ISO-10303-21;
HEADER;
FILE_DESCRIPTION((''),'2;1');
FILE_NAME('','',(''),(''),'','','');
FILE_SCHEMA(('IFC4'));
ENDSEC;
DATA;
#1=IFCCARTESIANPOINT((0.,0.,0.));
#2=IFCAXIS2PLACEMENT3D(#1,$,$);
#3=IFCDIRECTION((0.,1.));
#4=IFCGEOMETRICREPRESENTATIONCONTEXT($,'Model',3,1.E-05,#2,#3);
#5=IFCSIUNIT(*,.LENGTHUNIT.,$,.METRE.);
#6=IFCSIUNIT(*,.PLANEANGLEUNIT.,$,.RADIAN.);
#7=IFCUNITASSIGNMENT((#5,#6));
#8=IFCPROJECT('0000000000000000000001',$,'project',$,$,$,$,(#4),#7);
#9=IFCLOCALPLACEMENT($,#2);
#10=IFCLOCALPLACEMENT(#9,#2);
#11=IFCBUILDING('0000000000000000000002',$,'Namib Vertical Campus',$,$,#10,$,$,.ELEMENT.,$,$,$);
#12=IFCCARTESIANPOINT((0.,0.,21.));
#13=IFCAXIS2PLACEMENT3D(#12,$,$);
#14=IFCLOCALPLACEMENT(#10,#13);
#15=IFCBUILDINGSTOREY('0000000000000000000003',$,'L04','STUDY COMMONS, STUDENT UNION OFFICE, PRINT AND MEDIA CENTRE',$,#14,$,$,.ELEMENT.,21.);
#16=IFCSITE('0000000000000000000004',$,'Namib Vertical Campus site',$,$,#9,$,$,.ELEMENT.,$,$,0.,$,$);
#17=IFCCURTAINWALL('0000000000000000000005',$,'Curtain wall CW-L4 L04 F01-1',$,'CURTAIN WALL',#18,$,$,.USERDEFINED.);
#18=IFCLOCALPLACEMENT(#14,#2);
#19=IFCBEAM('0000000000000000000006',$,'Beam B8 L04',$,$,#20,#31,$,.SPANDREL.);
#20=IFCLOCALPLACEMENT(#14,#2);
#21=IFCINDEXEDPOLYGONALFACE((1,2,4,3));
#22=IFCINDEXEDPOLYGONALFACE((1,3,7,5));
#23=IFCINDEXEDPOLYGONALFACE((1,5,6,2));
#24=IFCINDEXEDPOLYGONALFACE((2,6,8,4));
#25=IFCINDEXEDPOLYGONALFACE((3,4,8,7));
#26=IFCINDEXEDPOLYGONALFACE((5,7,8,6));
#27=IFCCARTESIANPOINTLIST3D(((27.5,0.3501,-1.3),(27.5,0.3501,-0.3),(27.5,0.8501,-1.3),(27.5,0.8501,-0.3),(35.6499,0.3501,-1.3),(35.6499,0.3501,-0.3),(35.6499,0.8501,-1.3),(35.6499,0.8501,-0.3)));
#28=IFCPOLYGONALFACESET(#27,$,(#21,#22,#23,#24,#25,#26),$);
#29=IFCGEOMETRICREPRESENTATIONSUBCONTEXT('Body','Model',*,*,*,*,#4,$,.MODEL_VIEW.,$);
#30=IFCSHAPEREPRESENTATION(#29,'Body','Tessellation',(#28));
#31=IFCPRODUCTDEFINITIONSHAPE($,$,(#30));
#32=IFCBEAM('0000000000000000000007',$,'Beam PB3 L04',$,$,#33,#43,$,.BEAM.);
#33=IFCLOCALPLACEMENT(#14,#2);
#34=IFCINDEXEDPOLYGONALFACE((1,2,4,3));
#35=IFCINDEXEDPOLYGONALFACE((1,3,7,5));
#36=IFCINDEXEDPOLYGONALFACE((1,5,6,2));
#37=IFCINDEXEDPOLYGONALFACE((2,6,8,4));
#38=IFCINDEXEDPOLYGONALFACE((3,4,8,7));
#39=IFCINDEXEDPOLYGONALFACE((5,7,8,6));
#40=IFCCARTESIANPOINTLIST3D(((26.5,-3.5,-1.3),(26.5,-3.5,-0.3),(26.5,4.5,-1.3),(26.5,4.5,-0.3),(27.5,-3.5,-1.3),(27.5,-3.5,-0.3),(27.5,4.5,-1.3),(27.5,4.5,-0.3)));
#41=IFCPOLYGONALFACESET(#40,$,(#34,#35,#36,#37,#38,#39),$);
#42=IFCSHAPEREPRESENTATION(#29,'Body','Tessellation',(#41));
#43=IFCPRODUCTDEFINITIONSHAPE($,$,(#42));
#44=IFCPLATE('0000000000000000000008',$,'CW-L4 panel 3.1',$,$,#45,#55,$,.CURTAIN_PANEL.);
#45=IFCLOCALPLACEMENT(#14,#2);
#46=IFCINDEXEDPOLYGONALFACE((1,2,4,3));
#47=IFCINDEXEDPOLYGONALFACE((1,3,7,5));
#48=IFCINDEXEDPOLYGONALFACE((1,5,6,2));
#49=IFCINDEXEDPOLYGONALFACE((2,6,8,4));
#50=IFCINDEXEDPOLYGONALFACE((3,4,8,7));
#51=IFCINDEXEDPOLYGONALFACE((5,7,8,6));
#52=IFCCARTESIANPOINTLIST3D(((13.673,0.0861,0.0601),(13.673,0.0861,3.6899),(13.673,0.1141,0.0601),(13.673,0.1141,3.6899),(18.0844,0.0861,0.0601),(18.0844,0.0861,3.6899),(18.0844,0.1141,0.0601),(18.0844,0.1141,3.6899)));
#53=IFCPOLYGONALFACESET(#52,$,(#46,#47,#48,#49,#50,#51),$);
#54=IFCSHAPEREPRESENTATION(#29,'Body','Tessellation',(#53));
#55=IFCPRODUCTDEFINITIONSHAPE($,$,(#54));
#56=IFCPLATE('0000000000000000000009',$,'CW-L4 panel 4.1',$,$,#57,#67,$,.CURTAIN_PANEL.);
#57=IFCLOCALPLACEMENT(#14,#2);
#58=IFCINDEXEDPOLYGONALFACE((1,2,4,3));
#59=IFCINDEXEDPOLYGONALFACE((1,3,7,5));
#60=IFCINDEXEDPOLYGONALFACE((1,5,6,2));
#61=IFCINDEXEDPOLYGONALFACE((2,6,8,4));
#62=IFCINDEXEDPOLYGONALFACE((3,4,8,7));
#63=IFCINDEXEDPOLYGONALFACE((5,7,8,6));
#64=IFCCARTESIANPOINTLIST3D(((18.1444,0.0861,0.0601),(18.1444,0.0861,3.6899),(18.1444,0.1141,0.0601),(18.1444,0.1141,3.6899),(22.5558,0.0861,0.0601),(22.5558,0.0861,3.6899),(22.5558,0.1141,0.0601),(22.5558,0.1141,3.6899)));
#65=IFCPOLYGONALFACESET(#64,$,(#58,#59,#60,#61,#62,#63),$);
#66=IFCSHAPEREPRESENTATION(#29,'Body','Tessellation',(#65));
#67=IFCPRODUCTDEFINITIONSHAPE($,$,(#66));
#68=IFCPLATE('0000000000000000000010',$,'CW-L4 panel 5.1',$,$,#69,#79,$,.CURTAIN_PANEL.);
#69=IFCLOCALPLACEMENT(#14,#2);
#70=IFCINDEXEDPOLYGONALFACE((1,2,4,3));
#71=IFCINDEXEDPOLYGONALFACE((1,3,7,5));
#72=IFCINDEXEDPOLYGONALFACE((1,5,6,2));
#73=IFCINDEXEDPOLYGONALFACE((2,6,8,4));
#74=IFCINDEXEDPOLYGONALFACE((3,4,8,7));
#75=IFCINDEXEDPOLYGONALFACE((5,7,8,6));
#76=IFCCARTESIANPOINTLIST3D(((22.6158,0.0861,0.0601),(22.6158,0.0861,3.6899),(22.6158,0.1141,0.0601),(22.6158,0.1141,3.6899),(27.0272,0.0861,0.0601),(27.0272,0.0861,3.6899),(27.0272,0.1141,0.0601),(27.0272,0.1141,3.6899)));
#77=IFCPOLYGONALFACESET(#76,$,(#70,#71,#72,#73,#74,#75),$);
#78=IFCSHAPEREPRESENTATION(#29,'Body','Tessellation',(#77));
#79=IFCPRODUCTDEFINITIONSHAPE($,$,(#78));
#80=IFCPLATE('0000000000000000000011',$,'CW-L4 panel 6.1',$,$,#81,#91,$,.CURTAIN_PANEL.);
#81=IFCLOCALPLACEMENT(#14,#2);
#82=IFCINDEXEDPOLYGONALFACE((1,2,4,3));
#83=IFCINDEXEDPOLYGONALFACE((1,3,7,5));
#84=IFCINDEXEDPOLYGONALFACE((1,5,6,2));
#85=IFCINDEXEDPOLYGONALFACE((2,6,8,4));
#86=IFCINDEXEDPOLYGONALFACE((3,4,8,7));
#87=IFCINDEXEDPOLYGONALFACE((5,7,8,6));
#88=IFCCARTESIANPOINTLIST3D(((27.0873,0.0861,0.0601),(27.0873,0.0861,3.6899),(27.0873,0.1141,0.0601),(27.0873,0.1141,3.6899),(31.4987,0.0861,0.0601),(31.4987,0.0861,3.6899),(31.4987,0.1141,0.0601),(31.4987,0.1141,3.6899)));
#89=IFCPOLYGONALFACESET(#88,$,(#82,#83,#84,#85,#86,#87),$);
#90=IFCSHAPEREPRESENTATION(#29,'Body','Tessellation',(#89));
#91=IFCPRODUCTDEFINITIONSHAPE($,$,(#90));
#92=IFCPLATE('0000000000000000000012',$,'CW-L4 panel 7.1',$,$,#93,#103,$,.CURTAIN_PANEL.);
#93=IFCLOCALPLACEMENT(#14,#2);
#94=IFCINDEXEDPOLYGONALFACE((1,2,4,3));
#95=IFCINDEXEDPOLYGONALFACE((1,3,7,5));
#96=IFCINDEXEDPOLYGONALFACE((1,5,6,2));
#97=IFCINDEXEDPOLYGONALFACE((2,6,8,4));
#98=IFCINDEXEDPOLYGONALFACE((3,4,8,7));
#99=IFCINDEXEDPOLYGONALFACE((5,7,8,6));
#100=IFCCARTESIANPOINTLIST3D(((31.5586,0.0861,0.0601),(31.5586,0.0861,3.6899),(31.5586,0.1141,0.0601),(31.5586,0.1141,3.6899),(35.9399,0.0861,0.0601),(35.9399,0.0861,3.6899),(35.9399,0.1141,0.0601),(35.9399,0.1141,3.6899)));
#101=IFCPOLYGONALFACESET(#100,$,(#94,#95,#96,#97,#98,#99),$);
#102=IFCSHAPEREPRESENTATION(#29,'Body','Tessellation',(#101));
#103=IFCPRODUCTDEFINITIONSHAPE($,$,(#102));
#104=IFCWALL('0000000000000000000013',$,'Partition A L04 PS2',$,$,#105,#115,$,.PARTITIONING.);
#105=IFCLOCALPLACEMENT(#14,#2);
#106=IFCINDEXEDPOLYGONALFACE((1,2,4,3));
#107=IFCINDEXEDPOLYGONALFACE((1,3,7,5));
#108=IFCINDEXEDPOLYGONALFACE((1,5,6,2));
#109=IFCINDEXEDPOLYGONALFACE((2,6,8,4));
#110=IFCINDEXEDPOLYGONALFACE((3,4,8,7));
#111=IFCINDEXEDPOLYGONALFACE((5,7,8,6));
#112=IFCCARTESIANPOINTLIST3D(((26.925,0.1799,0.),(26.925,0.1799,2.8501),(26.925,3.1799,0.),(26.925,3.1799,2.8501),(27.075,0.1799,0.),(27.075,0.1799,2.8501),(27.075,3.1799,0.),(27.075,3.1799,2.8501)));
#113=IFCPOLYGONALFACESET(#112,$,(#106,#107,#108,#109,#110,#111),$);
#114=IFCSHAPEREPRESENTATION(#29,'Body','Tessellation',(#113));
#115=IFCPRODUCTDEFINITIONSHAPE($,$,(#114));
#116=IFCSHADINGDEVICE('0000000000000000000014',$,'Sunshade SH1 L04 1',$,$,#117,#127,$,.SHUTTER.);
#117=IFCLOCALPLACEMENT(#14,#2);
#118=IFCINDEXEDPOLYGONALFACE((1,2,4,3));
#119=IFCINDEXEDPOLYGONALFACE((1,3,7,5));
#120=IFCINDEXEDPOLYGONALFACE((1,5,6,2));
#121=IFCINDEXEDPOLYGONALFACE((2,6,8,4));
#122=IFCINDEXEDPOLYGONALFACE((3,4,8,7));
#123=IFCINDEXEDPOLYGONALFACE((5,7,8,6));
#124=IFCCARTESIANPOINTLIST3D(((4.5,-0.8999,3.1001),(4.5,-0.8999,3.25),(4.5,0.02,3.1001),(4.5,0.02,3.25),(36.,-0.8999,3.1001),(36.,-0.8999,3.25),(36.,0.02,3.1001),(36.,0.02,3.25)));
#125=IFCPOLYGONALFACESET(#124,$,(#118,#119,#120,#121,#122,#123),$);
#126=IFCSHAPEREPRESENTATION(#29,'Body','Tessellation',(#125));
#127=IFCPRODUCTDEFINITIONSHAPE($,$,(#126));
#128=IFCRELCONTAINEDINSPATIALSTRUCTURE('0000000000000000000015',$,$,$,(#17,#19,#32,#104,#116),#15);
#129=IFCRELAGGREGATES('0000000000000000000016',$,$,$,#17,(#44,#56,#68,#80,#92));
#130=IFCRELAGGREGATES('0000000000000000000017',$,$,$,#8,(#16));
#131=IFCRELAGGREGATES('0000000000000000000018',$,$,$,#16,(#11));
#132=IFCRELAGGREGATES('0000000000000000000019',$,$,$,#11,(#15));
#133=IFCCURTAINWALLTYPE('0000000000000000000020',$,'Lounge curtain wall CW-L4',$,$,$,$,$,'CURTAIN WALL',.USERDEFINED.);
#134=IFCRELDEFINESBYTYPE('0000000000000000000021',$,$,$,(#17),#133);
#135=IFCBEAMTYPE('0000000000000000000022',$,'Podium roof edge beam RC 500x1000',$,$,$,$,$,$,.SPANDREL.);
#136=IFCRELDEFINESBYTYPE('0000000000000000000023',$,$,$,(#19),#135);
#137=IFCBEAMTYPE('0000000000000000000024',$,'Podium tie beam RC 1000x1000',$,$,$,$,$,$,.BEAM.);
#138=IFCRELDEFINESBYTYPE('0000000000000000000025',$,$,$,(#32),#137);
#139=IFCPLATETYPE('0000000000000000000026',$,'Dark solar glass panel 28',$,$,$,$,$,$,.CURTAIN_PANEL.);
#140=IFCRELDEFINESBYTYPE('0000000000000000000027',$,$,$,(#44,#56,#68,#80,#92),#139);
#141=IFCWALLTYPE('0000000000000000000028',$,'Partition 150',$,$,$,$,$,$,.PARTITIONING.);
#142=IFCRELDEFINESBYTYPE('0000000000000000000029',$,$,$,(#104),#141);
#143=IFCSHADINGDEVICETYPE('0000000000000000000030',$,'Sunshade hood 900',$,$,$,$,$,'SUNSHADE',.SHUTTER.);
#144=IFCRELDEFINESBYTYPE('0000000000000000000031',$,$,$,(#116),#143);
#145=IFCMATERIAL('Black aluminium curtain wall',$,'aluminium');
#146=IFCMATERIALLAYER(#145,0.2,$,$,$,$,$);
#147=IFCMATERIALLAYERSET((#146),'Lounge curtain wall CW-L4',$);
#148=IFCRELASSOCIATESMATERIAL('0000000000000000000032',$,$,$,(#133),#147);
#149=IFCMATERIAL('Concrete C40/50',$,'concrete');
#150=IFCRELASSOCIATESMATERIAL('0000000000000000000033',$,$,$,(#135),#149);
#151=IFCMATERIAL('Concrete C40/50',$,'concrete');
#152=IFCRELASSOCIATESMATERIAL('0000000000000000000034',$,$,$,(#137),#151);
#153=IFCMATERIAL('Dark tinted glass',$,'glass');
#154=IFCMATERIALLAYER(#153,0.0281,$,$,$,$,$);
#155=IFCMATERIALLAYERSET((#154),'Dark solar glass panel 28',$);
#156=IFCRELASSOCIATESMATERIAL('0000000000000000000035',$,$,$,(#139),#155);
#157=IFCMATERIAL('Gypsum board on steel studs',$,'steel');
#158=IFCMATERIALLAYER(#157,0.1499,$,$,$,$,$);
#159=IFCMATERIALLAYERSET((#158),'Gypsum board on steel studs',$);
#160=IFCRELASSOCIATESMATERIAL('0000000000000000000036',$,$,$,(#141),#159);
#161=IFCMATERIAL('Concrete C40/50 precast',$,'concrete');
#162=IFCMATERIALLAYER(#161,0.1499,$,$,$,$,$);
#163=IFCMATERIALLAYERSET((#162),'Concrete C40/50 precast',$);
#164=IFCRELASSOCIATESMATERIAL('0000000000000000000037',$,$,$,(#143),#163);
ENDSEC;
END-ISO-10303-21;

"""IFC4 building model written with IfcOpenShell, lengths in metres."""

from ifc_helpers import new_model, si_unit, direction, frame, frame_2d, origin, origin_2d, place, context, subcontext, project, spatial, rectangle, extrude, material, layer, layer_set, material_profile, profile_set, type_object, element, aggregate, save


model = new_model("IFC4")

# Units and contexts
model_context = context("Model", 3, precision=1e-05, world=origin(), true_north=direction((0.0, 1.0)))
body_context = subcontext(model_context, "Body", "Model", "MODEL_VIEW")
ifc_project = project(units=[si_unit("LENGTHUNIT", "METRE"), si_unit("PLANEANGLEUNIT", "RADIAN")], contexts=[model_context])

# Site, building, storey
site_placement = place(None, origin())
site = spatial("IfcSite", under=ifc_project, at=site_placement, Name="Namib Vertical Campus site", CompositionType="ELEMENT", RefElevation=0.0)
building_placement = place(site_placement, origin())
building = spatial("IfcBuilding", under=site, at=building_placement, Name="Namib Vertical Campus", CompositionType="ELEMENT")
storey_placement = place(building_placement, frame((0.0, 0.0, 21.0)))
storey = spatial("IfcBuildingStorey", under=building, at=storey_placement, Name="L04", Description="STUDY COMMONS, STUDENT UNION OFFICE, PRINT AND MEDIA CENTRE", CompositionType="ELEMENT", Elevation=21.0)

# Curtain wall
ifc_material_1 = material(Name="Black aluminium curtain wall", Category="aluminium")
ifc_layer_1 = layer(ifc_material_1, 0.2)
ifc_layer_set_1 = layer_set([ifc_layer_1], Name="Lounge curtain wall CW-L4")
curtain_wall_type = type_object("IfcCurtainWallType", Name="Lounge curtain wall CW-L4", ElementType="CURTAIN WALL", PredefinedType="USERDEFINED", material=ifc_layer_set_1)
curtain_wall_placement = place(storey_placement, origin())
curtain_wall = element("IfcCurtainWall", 1, at=curtain_wall_placement, inside=storey, type_object=curtain_wall_type, Name="Curtain wall CW-L4 L04 F01-1", ObjectType="CURTAIN WALL", PredefinedType="USERDEFINED")

# Beams
ifc_material_2 = material(Name="Concrete C40/50", Category="concrete")
ifc_material_profile_1 = material_profile(ifc_material_2, rectangle(XDim=0.5, YDim=1.0, at=origin_2d()))
ifc_profile_set_1 = profile_set([ifc_material_profile_1], Name="Concrete C40/50")
beam_type_1 = type_object("IfcBeamType", Name="Podium roof edge beam RC 500x1000", PredefinedType="SPANDREL", material=ifc_profile_set_1)
beam_1_placement = place(storey_placement, frame((27.5, 0.6001, -0.8), z_axis=(1.0, 0.0, 0.0), x_axis=(0.0, 1.0, 0.0)))
element("IfcBeam", 2, at=beam_1_placement, inside=storey, type_object=beam_type_1, Name="Beam B8 L04", PredefinedType="SPANDREL", context=body_context, shape_type="SweptSolid", body=[
    extrude(rectangle(XDim=0.5, YDim=1.0, at=origin_2d()), origin(), (0.0, 0.0, 1.0), 8.1499),
])
ifc_material_3 = material(Name="Concrete C40/50", Category="concrete")
ifc_material_profile_2 = material_profile(ifc_material_3, rectangle(XDim=1.0, YDim=1.0, at=origin_2d()))
ifc_profile_set_2 = profile_set([ifc_material_profile_2], Name="Concrete C40/50")
beam_type_2 = type_object("IfcBeamType", Name="Podium tie beam RC 1000x1000", PredefinedType="BEAM", material=ifc_profile_set_2)
beam_2_placement = place(storey_placement, frame((27.0, -3.5, -0.8), z_axis=(0.0, 1.0, 0.0), x_axis=(-1.0, 0.0, 0.0)))
element("IfcBeam", 3, at=beam_2_placement, inside=storey, type_object=beam_type_2, Name="Beam PB3 L04", PredefinedType="BEAM", context=body_context, shape_type="SweptSolid", body=[
    extrude(rectangle(XDim=1.0, YDim=1.0, at=origin_2d()), origin(), (0.0, 0.0, 1.0), 8.0),
])

# Plates
ifc_material_4 = material(Name="Dark tinted glass", Category="glass")
ifc_layer_2 = layer(ifc_material_4, 0.0281)
ifc_layer_set_2 = layer_set([ifc_layer_2], Name="Dark solar glass panel 28")
plate_type = type_object("IfcPlateType", Name="Dark solar glass panel 28", PredefinedType="CURTAIN_PANEL", material=ifc_layer_set_2)
plate_1_placement = place(storey_placement, frame((15.8787, 0.1001, 0.0601), z_axis=(0.0, 0.0, 1.0), x_axis=(1.0, 0.0, 0.0)))
plate_1 = element("IfcPlate", 4, at=plate_1_placement, type_object=plate_type, Name="CW-L4 panel 3.1", PredefinedType="CURTAIN_PANEL", context=body_context, shape_type="SweptSolid", body=[
    extrude(rectangle(XDim=4.4114, YDim=0.0281, at=origin_2d()), origin(), (0.0, 0.0, 1.0), 3.6299),
])
plate_2_placement = place(storey_placement, frame((20.3501, 0.1001, 0.0601), z_axis=(0.0, 0.0, 1.0), x_axis=(1.0, 0.0, 0.0)))
plate_2 = element("IfcPlate", 5, at=plate_2_placement, type_object=plate_type, Name="CW-L4 panel 4.1", PredefinedType="CURTAIN_PANEL", context=body_context, shape_type="SweptSolid", body=[
    extrude(rectangle(XDim=4.4114, YDim=0.0281, at=origin_2d()), origin(), (0.0, 0.0, 1.0), 3.6299),
])
plate_3_placement = place(storey_placement, frame((24.8215, 0.1001, 0.0601), z_axis=(0.0, 0.0, 1.0), x_axis=(1.0, 0.0, 0.0)))
plate_3 = element("IfcPlate", 6, at=plate_3_placement, type_object=plate_type, Name="CW-L4 panel 5.1", PredefinedType="CURTAIN_PANEL", context=body_context, shape_type="SweptSolid", body=[
    extrude(rectangle(XDim=4.4114, YDim=0.0281, at=origin_2d()), origin(), (0.0, 0.0, 1.0), 3.6299),
])
plate_4_placement = place(storey_placement, frame((29.293, 0.1001, 0.0601), z_axis=(0.0, 0.0, 1.0), x_axis=(1.0, 0.0, 0.0)))
plate_4 = element("IfcPlate", 7, at=plate_4_placement, type_object=plate_type, Name="CW-L4 panel 6.1", PredefinedType="CURTAIN_PANEL", context=body_context, shape_type="SweptSolid", body=[
    extrude(rectangle(XDim=4.4114, YDim=0.0281, at=origin_2d()), origin(), (0.0, 0.0, 1.0), 3.6299),
])
plate_5_placement = place(storey_placement, frame((33.7493, 0.1001, 0.0601), z_axis=(0.0, 0.0, 1.0), x_axis=(1.0, 0.0, 0.0)))
plate_5 = element("IfcPlate", 8, at=plate_5_placement, type_object=plate_type, Name="CW-L4 panel 7.1", PredefinedType="CURTAIN_PANEL", context=body_context, shape_type="SweptSolid", body=[
    extrude(rectangle(XDim=4.3813, YDim=0.0281, at=origin_2d()), origin(), (0.0, 0.0, 1.0), 3.6299),
])
aggregate(curtain_wall, [plate_1, plate_2, plate_3, plate_4, plate_5])

# Wall
ifc_material_5 = material(Name="Gypsum board on steel studs", Category="steel")
ifc_layer_3 = layer(ifc_material_5, 0.1499)
ifc_layer_set_3 = layer_set([ifc_layer_3], Name="Gypsum board on steel studs")
wall_type = type_object("IfcWallType", Name="Partition 150", PredefinedType="PARTITIONING", material=ifc_layer_set_3)
wall_placement = place(storey_placement, frame((27.0, 0.1799, 0.0), z_axis=(0.0, 0.0, 1.0), x_axis=(0.0, 1.0, 0.0)))
element("IfcWall", 9, at=wall_placement, inside=storey, type_object=wall_type, Name="Partition A L04 PS2", PredefinedType="PARTITIONING", context=body_context, shape_type="SweptSolid", body=[
    extrude(rectangle(XDim=3.0, YDim=0.1499, at=frame_2d((1.5, 0.0))), origin(), (0.0, 0.0, 1.0), 2.8501),
])

# Shading device
ifc_material_6 = material(Name="Concrete C40/50 precast", Category="concrete")
ifc_layer_4 = layer(ifc_material_6, 0.1499)
ifc_layer_set_4 = layer_set([ifc_layer_4], Name="Concrete C40/50 precast")
shading_device_type = type_object("IfcShadingDeviceType", Name="Sunshade hood 900", ElementType="SUNSHADE", PredefinedType="SHUTTER", material=ifc_layer_set_4)
shading_device_placement = place(storey_placement, frame((20.25, -0.4399, 3.1001), z_axis=(0.0, 0.0, 1.0), x_axis=(1.0, 0.0, 0.0)))
element("IfcShadingDevice", 10, at=shading_device_placement, inside=storey, type_object=shading_device_type, Name="Sunshade SH1 L04 1", PredefinedType="SHUTTER", context=body_context, shape_type="SweptSolid", body=[
    extrude(rectangle(XDim=31.5, YDim=0.9199, at=origin_2d()), origin(), (0.0, 0.0, 1.0), 0.1499),
])

save(model, "model.ifc")
